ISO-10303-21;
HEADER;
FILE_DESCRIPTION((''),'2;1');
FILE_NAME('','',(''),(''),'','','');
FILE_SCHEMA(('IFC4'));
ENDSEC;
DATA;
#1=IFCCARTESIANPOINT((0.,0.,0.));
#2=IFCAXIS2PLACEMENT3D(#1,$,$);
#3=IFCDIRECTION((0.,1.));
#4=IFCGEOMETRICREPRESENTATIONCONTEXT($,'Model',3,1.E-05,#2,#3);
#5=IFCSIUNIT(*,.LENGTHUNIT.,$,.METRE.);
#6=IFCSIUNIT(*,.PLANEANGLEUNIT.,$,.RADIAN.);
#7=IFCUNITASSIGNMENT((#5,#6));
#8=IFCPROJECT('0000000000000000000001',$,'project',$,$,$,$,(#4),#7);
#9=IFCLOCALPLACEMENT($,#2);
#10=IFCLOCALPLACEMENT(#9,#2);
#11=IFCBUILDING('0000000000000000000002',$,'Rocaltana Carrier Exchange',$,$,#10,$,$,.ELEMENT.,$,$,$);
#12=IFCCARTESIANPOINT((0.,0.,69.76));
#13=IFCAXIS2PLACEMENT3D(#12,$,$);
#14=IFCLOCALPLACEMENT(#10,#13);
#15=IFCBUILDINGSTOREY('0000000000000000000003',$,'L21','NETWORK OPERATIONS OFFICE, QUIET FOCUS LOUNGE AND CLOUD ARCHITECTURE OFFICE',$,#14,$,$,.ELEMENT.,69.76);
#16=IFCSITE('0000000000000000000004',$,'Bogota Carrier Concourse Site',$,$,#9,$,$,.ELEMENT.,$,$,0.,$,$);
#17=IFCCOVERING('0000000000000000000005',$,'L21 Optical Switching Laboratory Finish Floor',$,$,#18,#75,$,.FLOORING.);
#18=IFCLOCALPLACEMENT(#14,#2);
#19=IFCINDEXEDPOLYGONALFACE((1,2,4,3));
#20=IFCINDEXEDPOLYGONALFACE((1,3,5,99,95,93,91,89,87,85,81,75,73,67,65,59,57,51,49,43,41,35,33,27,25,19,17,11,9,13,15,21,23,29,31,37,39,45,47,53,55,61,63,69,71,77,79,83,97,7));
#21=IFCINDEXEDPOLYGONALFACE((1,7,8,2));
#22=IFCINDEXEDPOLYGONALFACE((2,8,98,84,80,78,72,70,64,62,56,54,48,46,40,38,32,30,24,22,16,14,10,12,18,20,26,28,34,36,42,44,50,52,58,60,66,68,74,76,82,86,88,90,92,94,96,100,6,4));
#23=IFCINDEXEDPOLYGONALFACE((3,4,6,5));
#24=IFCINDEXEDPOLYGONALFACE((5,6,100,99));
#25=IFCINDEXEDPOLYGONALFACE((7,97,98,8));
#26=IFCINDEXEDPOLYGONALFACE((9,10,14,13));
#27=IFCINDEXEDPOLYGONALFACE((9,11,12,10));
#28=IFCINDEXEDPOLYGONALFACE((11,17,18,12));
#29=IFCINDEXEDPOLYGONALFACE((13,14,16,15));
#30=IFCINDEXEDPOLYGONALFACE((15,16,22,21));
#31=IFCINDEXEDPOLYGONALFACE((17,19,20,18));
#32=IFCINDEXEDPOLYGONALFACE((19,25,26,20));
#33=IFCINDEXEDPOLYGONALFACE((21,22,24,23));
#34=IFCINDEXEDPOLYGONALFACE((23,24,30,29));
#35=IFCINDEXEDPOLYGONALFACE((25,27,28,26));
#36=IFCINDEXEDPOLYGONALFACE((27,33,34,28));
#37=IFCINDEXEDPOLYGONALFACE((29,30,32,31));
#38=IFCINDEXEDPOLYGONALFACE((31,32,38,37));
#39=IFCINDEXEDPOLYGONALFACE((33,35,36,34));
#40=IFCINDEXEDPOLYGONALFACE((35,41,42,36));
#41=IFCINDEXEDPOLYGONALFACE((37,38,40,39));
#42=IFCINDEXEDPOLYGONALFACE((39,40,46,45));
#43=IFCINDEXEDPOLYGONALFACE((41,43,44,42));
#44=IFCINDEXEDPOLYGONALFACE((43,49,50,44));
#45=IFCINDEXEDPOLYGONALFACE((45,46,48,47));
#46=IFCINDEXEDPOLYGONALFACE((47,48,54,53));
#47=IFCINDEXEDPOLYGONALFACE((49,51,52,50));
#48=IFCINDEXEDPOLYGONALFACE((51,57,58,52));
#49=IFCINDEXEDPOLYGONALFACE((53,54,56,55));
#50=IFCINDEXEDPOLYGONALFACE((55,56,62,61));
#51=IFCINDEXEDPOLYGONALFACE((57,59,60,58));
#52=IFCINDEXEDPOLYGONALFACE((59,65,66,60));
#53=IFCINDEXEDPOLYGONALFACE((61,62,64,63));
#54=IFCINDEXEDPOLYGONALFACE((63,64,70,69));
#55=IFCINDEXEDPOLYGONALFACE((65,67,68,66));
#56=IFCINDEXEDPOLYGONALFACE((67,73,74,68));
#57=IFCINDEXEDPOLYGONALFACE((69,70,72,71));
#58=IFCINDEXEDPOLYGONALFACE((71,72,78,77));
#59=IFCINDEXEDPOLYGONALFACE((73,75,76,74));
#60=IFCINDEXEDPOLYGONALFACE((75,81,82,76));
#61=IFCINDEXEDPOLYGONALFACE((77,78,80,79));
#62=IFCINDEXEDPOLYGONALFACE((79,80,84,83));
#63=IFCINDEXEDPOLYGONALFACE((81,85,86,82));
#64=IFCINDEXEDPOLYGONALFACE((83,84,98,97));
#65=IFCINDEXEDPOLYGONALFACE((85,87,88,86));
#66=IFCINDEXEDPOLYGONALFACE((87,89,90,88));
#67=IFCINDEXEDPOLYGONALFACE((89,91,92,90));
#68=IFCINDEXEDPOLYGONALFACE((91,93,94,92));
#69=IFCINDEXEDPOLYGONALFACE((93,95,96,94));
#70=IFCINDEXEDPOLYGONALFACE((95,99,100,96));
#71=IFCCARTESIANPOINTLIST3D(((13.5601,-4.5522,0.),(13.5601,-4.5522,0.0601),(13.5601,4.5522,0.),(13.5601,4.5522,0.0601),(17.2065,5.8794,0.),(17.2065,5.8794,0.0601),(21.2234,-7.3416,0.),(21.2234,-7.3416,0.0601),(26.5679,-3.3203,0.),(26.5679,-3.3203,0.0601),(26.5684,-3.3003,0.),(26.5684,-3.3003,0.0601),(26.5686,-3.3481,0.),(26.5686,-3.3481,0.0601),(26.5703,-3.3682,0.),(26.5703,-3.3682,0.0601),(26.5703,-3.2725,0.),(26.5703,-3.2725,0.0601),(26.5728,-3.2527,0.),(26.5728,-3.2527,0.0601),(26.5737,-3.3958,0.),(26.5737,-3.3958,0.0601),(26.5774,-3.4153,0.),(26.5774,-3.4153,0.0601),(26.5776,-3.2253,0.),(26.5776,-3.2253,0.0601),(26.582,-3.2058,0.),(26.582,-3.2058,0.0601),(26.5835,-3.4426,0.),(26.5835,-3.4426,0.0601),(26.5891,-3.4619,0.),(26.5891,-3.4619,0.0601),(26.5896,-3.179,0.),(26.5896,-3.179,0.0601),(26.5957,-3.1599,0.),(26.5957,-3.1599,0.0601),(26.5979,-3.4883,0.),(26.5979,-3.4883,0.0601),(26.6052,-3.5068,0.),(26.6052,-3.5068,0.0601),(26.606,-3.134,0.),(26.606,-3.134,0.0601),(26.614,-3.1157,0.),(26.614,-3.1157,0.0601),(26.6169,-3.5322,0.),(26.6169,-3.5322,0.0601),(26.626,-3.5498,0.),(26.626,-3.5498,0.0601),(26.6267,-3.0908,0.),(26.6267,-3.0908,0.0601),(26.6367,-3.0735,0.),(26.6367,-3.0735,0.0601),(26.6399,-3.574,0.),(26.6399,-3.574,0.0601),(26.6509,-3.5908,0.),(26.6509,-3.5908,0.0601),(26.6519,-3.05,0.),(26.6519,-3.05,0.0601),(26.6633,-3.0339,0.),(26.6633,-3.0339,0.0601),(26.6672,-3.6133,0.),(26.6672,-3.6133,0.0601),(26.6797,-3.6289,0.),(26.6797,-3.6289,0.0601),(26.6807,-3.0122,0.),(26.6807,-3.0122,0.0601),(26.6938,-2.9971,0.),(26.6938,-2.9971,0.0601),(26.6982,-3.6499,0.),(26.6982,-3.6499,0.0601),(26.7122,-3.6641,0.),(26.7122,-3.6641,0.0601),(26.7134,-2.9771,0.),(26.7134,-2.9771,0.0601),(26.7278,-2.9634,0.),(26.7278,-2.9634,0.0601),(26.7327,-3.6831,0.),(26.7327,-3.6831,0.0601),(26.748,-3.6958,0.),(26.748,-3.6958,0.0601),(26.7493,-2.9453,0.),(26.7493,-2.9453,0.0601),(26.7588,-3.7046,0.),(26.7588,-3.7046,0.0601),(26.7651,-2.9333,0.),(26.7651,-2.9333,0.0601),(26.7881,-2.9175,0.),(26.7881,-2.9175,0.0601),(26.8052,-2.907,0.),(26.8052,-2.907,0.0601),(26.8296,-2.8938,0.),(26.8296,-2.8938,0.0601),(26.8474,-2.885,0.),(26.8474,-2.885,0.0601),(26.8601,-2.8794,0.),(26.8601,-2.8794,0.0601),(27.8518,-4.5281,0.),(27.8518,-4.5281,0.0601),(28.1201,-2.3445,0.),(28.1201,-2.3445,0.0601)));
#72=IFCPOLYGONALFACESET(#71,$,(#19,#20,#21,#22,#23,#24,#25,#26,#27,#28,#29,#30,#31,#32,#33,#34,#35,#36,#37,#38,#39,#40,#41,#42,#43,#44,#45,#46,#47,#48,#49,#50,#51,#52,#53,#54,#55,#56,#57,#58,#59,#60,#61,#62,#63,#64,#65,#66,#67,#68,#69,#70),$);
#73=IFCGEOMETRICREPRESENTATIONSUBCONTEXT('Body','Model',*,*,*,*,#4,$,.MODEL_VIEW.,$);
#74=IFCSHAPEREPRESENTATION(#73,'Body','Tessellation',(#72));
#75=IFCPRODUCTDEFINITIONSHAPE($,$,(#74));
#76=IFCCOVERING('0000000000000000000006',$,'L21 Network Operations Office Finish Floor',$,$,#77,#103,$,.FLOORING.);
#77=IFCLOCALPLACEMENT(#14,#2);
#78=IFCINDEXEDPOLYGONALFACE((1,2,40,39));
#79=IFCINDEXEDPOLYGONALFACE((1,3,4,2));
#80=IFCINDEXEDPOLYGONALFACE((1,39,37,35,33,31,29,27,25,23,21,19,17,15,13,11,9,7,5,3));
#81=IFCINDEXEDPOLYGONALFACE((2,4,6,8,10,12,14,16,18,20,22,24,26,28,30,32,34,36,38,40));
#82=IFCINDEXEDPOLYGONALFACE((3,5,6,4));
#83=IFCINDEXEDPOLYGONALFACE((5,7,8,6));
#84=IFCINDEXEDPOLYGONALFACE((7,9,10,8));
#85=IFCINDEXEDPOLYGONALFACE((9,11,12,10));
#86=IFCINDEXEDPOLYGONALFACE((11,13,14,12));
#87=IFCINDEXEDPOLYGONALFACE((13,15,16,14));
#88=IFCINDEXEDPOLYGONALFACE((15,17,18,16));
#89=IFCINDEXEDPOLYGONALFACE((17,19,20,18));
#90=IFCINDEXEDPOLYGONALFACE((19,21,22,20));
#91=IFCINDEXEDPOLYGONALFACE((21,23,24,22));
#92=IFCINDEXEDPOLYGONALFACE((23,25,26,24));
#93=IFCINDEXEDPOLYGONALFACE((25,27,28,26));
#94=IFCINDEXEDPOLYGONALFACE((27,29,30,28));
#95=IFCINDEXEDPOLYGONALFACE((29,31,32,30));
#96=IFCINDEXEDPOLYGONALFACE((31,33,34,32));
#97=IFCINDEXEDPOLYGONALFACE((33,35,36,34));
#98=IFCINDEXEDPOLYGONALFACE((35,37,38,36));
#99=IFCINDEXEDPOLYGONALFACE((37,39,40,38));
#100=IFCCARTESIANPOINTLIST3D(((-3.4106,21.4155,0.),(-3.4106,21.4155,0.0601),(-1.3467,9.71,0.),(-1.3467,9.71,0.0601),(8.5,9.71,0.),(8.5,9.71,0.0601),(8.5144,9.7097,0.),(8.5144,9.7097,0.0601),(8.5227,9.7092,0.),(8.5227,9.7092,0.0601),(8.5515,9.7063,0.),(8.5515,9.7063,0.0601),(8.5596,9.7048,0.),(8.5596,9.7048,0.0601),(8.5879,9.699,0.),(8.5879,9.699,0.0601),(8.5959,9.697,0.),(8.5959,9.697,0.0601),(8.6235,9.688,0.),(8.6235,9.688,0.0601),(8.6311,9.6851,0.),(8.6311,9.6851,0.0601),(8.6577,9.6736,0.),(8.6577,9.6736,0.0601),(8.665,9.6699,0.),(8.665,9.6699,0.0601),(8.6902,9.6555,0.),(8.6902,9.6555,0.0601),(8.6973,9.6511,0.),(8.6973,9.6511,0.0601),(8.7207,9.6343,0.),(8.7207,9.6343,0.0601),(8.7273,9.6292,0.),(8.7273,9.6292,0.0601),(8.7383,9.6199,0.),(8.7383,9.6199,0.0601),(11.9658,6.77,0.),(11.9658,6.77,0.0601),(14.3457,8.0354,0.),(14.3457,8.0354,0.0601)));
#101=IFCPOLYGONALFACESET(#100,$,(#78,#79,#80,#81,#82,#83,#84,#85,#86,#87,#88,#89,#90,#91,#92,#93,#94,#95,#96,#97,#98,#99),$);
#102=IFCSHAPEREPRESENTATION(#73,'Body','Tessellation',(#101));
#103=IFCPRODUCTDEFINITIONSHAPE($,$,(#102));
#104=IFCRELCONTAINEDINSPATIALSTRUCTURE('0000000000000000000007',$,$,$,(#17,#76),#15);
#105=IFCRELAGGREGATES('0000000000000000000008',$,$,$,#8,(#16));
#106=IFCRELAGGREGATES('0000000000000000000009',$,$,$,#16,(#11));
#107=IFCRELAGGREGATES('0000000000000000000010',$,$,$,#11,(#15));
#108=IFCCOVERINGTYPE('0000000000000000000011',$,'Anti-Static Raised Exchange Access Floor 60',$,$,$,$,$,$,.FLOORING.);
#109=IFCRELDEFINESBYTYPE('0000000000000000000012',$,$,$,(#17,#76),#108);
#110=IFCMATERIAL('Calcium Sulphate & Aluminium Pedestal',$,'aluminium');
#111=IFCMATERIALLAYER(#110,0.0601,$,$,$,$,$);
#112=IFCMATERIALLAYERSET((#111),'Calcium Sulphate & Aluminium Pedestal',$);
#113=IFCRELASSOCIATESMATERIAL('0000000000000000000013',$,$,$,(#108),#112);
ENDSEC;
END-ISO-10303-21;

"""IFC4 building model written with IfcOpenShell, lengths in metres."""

from ifc_helpers import new_model, si_unit, direction, frame, origin, place, context, subcontext, project, spatial, polyline, outline, extrude, material, layer, layer_set, type_object, element, save


model = new_model("IFC4")

# Units and contexts
model_context = context("Model", 3, precision=1e-05, world=origin(), true_north=direction((0.0, 1.0)))
body_context = subcontext(model_context, "Body", "Model", "MODEL_VIEW")
ifc_project = project(units=[si_unit("LENGTHUNIT", "METRE"), si_unit("PLANEANGLEUNIT", "RADIAN")], contexts=[model_context])

# Site, building, storey
site_placement = place(None, origin())
site = spatial("IfcSite", under=ifc_project, at=site_placement, Name="Bogota Carrier Concourse Site", CompositionType="ELEMENT", RefElevation=0.0)
building_placement = place(site_placement, origin())
building = spatial("IfcBuilding", under=site, at=building_placement, Name="Rocaltana Carrier Exchange", CompositionType="ELEMENT")
storey_placement = place(building_placement, frame((0.0, 0.0, 69.76)))
storey = spatial("IfcBuildingStorey", under=building, at=storey_placement, Name="L21", Description="NETWORK OPERATIONS OFFICE, QUIET FOCUS LOUNGE AND CLOUD ARCHITECTURE OFFICE", CompositionType="ELEMENT", Elevation=69.76)

# Coverings
ifc_material_1 = material(Name="Calcium Sulphate & Aluminium Pedestal", Category="aluminium")
ifc_layer_1 = layer(ifc_material_1, 0.0601)
ifc_layer_set_1 = layer_set([ifc_layer_1], Name="Calcium Sulphate & Aluminium Pedestal")
covering_type_1 = type_object("IfcCoveringType", Name="Anti-Static Raised Exchange Access Floor 60", PredefinedType="FLOORING", material=ifc_layer_set_1)
covering_1_placement = place(storey_placement, origin())
element("IfcCovering", 1, at=covering_1_placement, inside=storey, type_object=covering_type_1, Name="L21 Optical Switching Laboratory Finish Floor", PredefinedType="FLOORING", context=body_context, shape_type="SweptSolid", body=[
    extrude(outline(polyline([(28.1201, -2.3445), (26.8601, -2.8794), (26.8474, -2.885), (26.8296, -2.8938), (26.8052, -2.907), (26.7881, -2.9175), (26.7651, -2.9333), (26.7493, -2.9453), (26.7278, -2.9634), (26.7134, -2.9771), (26.6938, -2.9971), (26.6807, -3.0122), (26.6633, -3.0339), (26.6519, -3.05), (26.6367, -3.0735), (26.6267, -3.0908), (26.614, -3.1157), (26.606, -3.134), (26.5957, -3.1599), (26.5896, -3.179), (26.582, -3.2058), (26.5776, -3.2253), (26.5728, -3.2527), (26.5703, -3.2725), (26.5684, -3.3003), (26.5679, -3.3203), (26.5686, -3.3481), (26.5703, -3.3682), (26.5737, -3.3958), (26.5774, -3.4153), (26.5835, -3.4426), (26.5891, -3.4619), (26.5979, -3.4883), (26.6052, -3.5068), (26.6169, -3.5322), (26.626, -3.5498), (26.6399, -3.574), (26.6509, -3.5908), (26.6672, -3.6133), (26.6797, -3.6289), (26.6982, -3.6499), (26.7122, -3.6641), (26.7327, -3.6831), (26.748, -3.6958), (26.7588, -3.7046), (27.8518, -4.5281), (21.2234, -7.3416), (13.5601, -4.5522), (13.5601, 4.5522), (17.2065, 5.8794), (28.1201, -2.3445)])), origin(), (0.0, 0.0, 1.0), 0.0601),
])
covering_2_placement = place(storey_placement, origin())
element("IfcCovering", 2, at=covering_2_placement, inside=storey, type_object=covering_type_1, Name="L21 Network Operations Office Finish Floor", PredefinedType="FLOORING", context=body_context, shape_type="SweptSolid", body=[
    extrude(outline(polyline([(14.3457, 8.0354), (11.9658, 6.77), (8.7383, 9.6199), (8.7273, 9.6292), (8.7207, 9.6343), (8.6973, 9.6511), (8.6902, 9.6555), (8.665, 9.6699), (8.6577, 9.6736), (8.6311, 9.6851), (8.6235, 9.688), (8.5959, 9.697), (8.5879, 9.699), (8.5596, 9.7048), (8.5515, 9.7063), (8.5227, 9.7092), (8.5144, 9.7097), (8.5, 9.71), (-1.3467, 9.71), (-3.4106, 21.4155), (14.3457, 8.0354)])), origin(), (0.0, 0.0, 1.0), 0.0601),
])

save(model, "model.ifc")
